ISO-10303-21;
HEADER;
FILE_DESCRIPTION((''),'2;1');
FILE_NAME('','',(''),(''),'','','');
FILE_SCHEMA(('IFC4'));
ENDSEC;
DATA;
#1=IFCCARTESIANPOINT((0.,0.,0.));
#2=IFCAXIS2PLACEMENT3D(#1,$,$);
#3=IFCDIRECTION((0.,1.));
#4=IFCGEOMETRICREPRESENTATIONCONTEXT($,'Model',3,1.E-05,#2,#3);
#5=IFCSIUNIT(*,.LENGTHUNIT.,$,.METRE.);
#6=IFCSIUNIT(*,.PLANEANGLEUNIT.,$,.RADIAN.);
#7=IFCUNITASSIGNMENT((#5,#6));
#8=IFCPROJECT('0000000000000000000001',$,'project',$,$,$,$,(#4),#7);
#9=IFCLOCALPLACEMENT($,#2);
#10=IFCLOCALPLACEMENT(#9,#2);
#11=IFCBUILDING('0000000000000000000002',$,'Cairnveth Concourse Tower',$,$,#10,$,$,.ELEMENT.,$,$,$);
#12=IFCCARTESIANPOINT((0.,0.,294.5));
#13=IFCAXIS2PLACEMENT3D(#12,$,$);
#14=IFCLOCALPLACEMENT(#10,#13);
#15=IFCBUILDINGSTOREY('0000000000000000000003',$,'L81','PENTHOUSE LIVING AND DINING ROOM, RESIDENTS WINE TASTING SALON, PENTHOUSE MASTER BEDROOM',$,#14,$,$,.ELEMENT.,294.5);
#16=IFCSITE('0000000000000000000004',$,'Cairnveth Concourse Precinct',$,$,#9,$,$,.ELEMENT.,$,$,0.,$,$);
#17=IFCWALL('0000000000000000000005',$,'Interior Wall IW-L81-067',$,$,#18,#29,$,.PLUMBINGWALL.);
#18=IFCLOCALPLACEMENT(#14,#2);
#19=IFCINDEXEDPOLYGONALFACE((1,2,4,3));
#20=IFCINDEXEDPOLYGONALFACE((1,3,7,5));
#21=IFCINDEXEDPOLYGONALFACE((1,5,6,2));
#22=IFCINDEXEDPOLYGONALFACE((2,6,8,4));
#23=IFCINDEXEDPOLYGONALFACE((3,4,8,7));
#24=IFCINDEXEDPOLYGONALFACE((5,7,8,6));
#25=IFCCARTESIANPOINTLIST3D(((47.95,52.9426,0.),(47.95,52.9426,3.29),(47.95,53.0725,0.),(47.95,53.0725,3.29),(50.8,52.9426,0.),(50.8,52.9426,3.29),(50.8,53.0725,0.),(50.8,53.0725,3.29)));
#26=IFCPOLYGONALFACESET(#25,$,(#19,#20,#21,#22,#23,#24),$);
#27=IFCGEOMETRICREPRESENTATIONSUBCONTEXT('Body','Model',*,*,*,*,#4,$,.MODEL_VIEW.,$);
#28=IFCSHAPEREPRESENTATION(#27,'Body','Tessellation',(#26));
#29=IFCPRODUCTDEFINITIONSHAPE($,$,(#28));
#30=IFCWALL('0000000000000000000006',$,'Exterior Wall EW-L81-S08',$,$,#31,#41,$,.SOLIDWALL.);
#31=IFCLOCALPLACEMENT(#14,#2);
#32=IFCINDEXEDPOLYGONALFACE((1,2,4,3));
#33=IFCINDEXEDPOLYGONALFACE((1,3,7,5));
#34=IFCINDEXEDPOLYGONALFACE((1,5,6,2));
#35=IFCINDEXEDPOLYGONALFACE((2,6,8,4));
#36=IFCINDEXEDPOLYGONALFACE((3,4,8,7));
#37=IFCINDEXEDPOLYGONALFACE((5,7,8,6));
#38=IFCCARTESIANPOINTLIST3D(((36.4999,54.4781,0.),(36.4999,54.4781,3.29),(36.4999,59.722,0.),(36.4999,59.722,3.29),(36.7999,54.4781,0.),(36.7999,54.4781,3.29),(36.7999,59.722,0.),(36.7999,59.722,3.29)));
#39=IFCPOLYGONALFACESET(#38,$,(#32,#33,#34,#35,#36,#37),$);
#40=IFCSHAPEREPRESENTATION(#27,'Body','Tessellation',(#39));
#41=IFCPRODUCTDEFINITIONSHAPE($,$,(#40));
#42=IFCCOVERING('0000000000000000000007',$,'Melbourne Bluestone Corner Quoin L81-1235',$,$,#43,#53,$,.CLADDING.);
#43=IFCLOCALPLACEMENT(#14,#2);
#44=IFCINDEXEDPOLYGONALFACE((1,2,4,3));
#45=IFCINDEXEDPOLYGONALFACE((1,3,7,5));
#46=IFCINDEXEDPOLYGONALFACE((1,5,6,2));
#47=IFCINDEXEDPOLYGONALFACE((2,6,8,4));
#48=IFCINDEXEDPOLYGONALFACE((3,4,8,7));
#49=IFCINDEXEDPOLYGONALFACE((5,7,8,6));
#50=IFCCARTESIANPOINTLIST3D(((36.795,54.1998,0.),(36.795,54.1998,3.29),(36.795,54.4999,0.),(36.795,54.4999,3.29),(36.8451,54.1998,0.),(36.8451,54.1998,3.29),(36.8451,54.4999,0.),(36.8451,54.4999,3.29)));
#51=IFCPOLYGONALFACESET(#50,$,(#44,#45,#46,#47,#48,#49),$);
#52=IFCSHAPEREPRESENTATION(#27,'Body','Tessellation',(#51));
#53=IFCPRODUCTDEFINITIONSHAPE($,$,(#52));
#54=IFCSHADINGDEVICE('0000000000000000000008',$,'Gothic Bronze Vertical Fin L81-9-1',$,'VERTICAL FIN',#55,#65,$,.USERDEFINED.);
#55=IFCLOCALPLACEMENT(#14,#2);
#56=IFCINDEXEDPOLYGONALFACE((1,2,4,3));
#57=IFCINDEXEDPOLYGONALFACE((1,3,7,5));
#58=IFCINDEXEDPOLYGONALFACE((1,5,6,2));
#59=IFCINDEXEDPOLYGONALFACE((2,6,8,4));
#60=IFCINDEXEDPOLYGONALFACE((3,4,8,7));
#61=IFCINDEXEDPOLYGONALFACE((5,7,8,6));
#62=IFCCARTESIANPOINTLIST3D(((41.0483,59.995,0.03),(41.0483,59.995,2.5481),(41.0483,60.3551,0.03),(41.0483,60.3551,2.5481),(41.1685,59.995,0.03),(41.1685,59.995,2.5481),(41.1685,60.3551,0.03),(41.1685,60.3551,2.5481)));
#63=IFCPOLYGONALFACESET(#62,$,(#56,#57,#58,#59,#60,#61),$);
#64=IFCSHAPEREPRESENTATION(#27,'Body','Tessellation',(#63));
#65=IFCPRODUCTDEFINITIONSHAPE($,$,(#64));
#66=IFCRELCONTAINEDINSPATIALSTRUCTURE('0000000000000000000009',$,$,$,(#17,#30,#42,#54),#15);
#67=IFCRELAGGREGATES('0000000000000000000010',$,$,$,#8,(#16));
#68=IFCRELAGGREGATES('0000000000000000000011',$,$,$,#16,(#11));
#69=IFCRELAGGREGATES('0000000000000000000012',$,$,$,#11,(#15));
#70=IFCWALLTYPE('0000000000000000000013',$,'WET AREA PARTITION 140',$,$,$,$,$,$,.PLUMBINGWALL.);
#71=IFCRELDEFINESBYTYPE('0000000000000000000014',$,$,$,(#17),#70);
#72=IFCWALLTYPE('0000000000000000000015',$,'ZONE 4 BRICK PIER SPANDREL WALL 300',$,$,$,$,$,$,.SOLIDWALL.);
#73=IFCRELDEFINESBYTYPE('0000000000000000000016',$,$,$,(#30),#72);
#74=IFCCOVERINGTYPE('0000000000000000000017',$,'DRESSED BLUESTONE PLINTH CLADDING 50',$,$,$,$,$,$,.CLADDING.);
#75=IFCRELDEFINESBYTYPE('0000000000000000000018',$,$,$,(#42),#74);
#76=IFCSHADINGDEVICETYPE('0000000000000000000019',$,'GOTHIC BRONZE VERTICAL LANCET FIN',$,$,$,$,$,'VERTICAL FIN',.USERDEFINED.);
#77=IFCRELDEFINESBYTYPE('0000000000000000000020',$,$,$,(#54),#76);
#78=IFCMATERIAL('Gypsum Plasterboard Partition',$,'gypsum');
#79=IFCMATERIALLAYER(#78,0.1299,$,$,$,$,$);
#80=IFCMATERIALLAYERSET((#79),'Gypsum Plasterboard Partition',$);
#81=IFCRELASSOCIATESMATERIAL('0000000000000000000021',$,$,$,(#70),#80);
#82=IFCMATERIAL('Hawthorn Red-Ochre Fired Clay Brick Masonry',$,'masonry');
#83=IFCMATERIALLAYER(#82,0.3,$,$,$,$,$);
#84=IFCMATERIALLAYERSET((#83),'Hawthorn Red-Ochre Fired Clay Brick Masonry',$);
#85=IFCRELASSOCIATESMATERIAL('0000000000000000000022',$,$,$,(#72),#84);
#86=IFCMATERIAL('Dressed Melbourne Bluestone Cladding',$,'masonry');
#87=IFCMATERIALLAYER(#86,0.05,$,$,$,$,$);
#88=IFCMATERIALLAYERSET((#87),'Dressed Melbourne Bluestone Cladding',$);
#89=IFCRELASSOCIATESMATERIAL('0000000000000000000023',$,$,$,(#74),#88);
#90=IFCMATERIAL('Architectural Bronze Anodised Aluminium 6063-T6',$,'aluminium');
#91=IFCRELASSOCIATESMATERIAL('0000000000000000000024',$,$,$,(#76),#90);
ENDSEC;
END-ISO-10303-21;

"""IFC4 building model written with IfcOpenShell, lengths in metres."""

from ifc_helpers import new_model, si_unit, direction, frame, frame_2d, origin, origin_2d, place, context, subcontext, project, spatial, rectangle, extrude, material, layer, layer_set, type_object, element, save


model = new_model("IFC4")

# Units and contexts
model_context = context("Model", 3, precision=1e-05, world=origin(), true_north=direction((0.0, 1.0)))
body_context = subcontext(model_context, "Body", "Model", "MODEL_VIEW")
ifc_project = project(units=[si_unit("LENGTHUNIT", "METRE"), si_unit("PLANEANGLEUNIT", "RADIAN")], contexts=[model_context])

# Site, building, storey
site_placement = place(None, origin())
site = spatial("IfcSite", under=ifc_project, at=site_placement, Name="Cairnveth Concourse Precinct", CompositionType="ELEMENT", RefElevation=0.0)
building_placement = place(site_placement, origin())
building = spatial("IfcBuilding", under=site, at=building_placement, Name="Cairnveth Concourse Tower", CompositionType="ELEMENT")
storey_placement = place(building_placement, frame((0.0, 0.0, 294.5)))
storey = spatial("IfcBuildingStorey", under=building, at=storey_placement, Name="L81", Description="PENTHOUSE LIVING AND DINING ROOM, RESIDENTS WINE TASTING SALON, PENTHOUSE MASTER BEDROOM", CompositionType="ELEMENT", Elevation=294.5)

# Shared definitions
ifc_material_1 = material(Name="Gypsum Plasterboard Partition", Category="gypsum")

# Walls
ifc_layer_1 = layer(ifc_material_1, 0.1299)
ifc_layer_set_1 = layer_set([ifc_layer_1], Name="Gypsum Plasterboard Partition")
wall_type_1 = type_object("IfcWallType", Name="WET AREA PARTITION 140", PredefinedType="PLUMBINGWALL", material=ifc_layer_set_1)
wall_1_placement = place(storey_placement, frame((47.95, 53.0076, 0.0), z_axis=(0.0, 0.0, 1.0), x_axis=(1.0, 0.0, 0.0)))
element("IfcWall", 1, at=wall_1_placement, inside=storey, type_object=wall_type_1, Name="Interior Wall IW-L81-067", PredefinedType="PLUMBINGWALL", context=body_context, shape_type="SweptSolid", body=[
    extrude(rectangle(XDim=2.8501, YDim=0.1299, at=frame_2d((1.425, 0.0))), origin(), (0.0, 0.0, 1.0), 3.29),
])
ifc_material_2 = material(Name="Hawthorn Red-Ochre Fired Clay Brick Masonry", Category="masonry")
ifc_layer_2 = layer(ifc_material_2, 0.3)
ifc_layer_set_2 = layer_set([ifc_layer_2], Name="Hawthorn Red-Ochre Fired Clay Brick Masonry")
wall_type_2 = type_object("IfcWallType", Name="ZONE 4 BRICK PIER SPANDREL WALL 300", PredefinedType="SOLIDWALL", material=ifc_layer_set_2)
wall_2_placement = place(storey_placement, frame((36.6499, 54.478, 0.0), z_axis=(0.0, 0.0, 1.0), x_axis=(0.0, 1.0, 0.0)))
element("IfcWall", 2, at=wall_2_placement, inside=storey, type_object=wall_type_2, Name="Exterior Wall EW-L81-S08", PredefinedType="SOLIDWALL", context=body_context, shape_type="SweptSolid", body=[
    extrude(rectangle(XDim=5.2439, YDim=0.3, at=frame_2d((2.6221, 0.0))), origin(), (0.0, 0.0, 1.0), 3.29),
])

# Covering
ifc_material_3 = material(Name="Dressed Melbourne Bluestone Cladding", Category="masonry")
ifc_layer_3 = layer(ifc_material_3, 0.05)
ifc_layer_set_3 = layer_set([ifc_layer_3], Name="Dressed Melbourne Bluestone Cladding")
covering_type = type_object("IfcCoveringType", Name="DRESSED BLUESTONE PLINTH CLADDING 50", PredefinedType="CLADDING", material=ifc_layer_set_3)
covering_placement = place(storey_placement, frame((36.8201, 54.2, 0.0), z_axis=(0.0, 0.0, 1.0), x_axis=(0.0, 1.0, 0.0)))
element("IfcCovering", 3, at=covering_placement, inside=storey, type_object=covering_type, Name="Melbourne Bluestone Corner Quoin L81-1235", PredefinedType="CLADDING", context=body_context, shape_type="SweptSolid", body=[
    extrude(rectangle(XDim=0.3, YDim=0.05, at=frame_2d((0.1499, 0.0))), origin(), (0.0, 0.0, 1.0), 3.29),
])

# Shading device
ifc_material_4 = material(Name="Architectural Bronze Anodised Aluminium 6063-T6", Category="aluminium")
shading_device_type = type_object("IfcShadingDeviceType", Name="GOTHIC BRONZE VERTICAL LANCET FIN", ElementType="VERTICAL FIN", PredefinedType="USERDEFINED", material=ifc_material_4)
shading_device_placement = place(storey_placement, frame((41.1084, 60.175, 0.03), z_axis=(0.0, 0.0, 1.0), x_axis=(1.0, 0.0, 0.0)))
element("IfcShadingDevice", 4, at=shading_device_placement, inside=storey, type_object=shading_device_type, Name="Gothic Bronze Vertical Fin L81-9-1", ObjectType="VERTICAL FIN", PredefinedType="USERDEFINED", context=body_context, shape_type="SweptSolid", body=[
    extrude(rectangle(XDim=0.1201, YDim=0.3601, at=origin_2d()), origin(), (0.0, 0.0, 1.0), 2.5181),
])

save(model, "model.ifc")
